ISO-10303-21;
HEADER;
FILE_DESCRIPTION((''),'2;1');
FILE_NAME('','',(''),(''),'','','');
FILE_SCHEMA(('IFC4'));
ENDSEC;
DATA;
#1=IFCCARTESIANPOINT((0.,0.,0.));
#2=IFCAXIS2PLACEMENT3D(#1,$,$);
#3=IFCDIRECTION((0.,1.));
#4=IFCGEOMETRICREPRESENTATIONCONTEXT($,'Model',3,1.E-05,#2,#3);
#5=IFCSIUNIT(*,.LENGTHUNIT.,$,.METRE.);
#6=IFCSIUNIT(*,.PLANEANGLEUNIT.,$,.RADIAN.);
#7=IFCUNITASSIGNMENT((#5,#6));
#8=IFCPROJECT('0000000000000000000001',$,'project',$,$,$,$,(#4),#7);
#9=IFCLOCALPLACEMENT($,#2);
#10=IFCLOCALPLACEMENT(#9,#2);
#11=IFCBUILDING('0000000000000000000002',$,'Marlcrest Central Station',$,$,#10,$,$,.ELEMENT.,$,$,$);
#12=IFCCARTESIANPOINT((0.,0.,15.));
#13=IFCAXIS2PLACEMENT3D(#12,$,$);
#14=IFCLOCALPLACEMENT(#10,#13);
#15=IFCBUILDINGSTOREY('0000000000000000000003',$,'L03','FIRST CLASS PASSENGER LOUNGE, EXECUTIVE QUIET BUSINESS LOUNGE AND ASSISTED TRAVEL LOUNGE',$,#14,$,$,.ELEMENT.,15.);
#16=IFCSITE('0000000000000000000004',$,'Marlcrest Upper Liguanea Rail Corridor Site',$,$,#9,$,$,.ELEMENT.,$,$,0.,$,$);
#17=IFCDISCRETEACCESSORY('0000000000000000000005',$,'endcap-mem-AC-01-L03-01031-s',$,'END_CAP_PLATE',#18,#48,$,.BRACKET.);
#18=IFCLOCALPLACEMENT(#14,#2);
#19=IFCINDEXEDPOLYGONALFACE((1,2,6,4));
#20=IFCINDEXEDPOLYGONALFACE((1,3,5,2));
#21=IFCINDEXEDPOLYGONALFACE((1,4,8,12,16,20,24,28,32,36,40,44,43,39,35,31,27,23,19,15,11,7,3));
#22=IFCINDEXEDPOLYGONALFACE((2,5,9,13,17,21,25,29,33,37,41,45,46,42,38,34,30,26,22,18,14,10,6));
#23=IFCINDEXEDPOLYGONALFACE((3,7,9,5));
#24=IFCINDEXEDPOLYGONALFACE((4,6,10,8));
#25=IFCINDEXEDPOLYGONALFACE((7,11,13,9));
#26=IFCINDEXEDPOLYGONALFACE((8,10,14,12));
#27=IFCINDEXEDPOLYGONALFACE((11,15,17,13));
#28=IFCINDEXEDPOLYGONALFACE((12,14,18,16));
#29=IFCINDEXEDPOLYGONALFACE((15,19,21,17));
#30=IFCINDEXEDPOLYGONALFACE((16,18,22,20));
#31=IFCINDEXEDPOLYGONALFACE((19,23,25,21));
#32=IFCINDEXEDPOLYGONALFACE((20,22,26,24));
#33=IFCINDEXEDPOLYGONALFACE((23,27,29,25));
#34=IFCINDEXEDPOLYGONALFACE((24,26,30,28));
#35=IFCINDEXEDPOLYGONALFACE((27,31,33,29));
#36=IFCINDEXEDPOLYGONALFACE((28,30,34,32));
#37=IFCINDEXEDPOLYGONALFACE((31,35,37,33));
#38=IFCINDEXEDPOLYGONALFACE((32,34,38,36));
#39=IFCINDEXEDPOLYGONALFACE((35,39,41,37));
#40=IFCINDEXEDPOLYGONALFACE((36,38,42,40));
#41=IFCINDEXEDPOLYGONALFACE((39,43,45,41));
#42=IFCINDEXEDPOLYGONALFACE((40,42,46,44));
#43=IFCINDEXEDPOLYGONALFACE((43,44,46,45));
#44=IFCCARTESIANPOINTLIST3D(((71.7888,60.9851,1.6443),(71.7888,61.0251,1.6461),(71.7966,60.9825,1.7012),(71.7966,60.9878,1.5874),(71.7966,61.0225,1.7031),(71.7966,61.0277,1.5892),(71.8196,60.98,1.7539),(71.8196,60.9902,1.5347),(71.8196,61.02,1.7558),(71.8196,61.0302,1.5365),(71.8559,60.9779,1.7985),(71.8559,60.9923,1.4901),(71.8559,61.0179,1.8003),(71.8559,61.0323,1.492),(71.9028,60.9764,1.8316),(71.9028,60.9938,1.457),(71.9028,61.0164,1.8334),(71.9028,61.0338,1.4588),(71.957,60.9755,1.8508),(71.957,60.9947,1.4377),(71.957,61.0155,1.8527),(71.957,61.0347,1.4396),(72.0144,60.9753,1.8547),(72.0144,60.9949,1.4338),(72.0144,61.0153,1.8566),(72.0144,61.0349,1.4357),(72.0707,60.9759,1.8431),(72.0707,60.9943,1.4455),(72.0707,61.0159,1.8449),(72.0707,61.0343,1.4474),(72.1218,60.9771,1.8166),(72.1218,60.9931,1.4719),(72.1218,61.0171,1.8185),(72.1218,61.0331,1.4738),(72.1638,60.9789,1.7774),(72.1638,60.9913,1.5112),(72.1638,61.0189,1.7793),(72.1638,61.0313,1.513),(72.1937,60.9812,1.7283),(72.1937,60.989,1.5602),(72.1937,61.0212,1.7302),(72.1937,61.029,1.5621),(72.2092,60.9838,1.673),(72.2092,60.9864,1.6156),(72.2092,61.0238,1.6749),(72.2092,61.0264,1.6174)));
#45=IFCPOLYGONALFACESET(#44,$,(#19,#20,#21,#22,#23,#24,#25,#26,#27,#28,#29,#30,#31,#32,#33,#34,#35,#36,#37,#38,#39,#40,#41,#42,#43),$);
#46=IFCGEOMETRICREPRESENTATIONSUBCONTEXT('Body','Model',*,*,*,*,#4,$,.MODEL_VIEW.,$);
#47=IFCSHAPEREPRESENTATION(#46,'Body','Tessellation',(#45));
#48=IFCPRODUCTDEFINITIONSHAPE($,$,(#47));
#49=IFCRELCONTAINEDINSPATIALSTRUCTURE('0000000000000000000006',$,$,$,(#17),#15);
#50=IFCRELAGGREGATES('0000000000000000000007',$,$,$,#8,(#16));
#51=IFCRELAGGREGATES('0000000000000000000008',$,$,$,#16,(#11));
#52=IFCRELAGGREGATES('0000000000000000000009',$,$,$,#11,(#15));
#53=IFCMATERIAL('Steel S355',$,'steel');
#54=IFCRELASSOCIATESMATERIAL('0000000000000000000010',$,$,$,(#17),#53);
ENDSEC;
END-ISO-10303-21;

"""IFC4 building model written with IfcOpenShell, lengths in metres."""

from ifc_helpers import new_model, si_unit, direction, frame, origin, origin_2d, place, context, subcontext, project, spatial, circle, extrude, material, element, save


model = new_model("IFC4")

# Units and contexts
model_context = context("Model", 3, precision=1e-05, world=origin(), true_north=direction((0.0, 1.0)))
body_context = subcontext(model_context, "Body", "Model", "MODEL_VIEW")
ifc_project = project(units=[si_unit("LENGTHUNIT", "METRE"), si_unit("PLANEANGLEUNIT", "RADIAN")], contexts=[model_context])

# Site, building, storey
site_placement = place(None, origin())
site = spatial("IfcSite", under=ifc_project, at=site_placement, Name="Marlcrest Upper Liguanea Rail Corridor Site", CompositionType="ELEMENT", RefElevation=0.0)
building_placement = place(site_placement, origin())
building = spatial("IfcBuilding", under=site, at=building_placement, Name="Marlcrest Central Station", CompositionType="ELEMENT")
storey_placement = place(building_placement, frame((0.0, 0.0, 15.0)))
storey = spatial("IfcBuildingStorey", under=building, at=storey_placement, Name="L03", Description="FIRST CLASS PASSENGER LOUNGE, EXECUTIVE QUIET BUSINESS LOUNGE AND ASSISTED TRAVEL LOUNGE", CompositionType="ELEMENT", Elevation=15.0)

# Shared definitions
ifc_material_1 = material(Name="Steel S355", Category="steel")

# Discrete accessory
for number, where, z_axis, x_axis, name in (
    (1, (72.0, 60.9851, 1.6443), (0.0, 0.998921, 0.046434), (-1.0, 0.0, 0.0), "endcap-mem-AC-01-L03-01031-s"),
):
    element("IfcDiscreteAccessory", number, at=place(storey_placement, frame(where, z_axis=z_axis, x_axis=x_axis)), inside=storey, material=ifc_material_1, Name=name, ObjectType="END_CAP_PLATE", PredefinedType="BRACKET", context=body_context, shape_type="SweptSolid", body=[
        extrude(circle(Radius=0.2112, at=origin_2d()), origin(), (0.0, 0.0, 1.0), 0.04),
    ])

save(model, "model.ifc")
